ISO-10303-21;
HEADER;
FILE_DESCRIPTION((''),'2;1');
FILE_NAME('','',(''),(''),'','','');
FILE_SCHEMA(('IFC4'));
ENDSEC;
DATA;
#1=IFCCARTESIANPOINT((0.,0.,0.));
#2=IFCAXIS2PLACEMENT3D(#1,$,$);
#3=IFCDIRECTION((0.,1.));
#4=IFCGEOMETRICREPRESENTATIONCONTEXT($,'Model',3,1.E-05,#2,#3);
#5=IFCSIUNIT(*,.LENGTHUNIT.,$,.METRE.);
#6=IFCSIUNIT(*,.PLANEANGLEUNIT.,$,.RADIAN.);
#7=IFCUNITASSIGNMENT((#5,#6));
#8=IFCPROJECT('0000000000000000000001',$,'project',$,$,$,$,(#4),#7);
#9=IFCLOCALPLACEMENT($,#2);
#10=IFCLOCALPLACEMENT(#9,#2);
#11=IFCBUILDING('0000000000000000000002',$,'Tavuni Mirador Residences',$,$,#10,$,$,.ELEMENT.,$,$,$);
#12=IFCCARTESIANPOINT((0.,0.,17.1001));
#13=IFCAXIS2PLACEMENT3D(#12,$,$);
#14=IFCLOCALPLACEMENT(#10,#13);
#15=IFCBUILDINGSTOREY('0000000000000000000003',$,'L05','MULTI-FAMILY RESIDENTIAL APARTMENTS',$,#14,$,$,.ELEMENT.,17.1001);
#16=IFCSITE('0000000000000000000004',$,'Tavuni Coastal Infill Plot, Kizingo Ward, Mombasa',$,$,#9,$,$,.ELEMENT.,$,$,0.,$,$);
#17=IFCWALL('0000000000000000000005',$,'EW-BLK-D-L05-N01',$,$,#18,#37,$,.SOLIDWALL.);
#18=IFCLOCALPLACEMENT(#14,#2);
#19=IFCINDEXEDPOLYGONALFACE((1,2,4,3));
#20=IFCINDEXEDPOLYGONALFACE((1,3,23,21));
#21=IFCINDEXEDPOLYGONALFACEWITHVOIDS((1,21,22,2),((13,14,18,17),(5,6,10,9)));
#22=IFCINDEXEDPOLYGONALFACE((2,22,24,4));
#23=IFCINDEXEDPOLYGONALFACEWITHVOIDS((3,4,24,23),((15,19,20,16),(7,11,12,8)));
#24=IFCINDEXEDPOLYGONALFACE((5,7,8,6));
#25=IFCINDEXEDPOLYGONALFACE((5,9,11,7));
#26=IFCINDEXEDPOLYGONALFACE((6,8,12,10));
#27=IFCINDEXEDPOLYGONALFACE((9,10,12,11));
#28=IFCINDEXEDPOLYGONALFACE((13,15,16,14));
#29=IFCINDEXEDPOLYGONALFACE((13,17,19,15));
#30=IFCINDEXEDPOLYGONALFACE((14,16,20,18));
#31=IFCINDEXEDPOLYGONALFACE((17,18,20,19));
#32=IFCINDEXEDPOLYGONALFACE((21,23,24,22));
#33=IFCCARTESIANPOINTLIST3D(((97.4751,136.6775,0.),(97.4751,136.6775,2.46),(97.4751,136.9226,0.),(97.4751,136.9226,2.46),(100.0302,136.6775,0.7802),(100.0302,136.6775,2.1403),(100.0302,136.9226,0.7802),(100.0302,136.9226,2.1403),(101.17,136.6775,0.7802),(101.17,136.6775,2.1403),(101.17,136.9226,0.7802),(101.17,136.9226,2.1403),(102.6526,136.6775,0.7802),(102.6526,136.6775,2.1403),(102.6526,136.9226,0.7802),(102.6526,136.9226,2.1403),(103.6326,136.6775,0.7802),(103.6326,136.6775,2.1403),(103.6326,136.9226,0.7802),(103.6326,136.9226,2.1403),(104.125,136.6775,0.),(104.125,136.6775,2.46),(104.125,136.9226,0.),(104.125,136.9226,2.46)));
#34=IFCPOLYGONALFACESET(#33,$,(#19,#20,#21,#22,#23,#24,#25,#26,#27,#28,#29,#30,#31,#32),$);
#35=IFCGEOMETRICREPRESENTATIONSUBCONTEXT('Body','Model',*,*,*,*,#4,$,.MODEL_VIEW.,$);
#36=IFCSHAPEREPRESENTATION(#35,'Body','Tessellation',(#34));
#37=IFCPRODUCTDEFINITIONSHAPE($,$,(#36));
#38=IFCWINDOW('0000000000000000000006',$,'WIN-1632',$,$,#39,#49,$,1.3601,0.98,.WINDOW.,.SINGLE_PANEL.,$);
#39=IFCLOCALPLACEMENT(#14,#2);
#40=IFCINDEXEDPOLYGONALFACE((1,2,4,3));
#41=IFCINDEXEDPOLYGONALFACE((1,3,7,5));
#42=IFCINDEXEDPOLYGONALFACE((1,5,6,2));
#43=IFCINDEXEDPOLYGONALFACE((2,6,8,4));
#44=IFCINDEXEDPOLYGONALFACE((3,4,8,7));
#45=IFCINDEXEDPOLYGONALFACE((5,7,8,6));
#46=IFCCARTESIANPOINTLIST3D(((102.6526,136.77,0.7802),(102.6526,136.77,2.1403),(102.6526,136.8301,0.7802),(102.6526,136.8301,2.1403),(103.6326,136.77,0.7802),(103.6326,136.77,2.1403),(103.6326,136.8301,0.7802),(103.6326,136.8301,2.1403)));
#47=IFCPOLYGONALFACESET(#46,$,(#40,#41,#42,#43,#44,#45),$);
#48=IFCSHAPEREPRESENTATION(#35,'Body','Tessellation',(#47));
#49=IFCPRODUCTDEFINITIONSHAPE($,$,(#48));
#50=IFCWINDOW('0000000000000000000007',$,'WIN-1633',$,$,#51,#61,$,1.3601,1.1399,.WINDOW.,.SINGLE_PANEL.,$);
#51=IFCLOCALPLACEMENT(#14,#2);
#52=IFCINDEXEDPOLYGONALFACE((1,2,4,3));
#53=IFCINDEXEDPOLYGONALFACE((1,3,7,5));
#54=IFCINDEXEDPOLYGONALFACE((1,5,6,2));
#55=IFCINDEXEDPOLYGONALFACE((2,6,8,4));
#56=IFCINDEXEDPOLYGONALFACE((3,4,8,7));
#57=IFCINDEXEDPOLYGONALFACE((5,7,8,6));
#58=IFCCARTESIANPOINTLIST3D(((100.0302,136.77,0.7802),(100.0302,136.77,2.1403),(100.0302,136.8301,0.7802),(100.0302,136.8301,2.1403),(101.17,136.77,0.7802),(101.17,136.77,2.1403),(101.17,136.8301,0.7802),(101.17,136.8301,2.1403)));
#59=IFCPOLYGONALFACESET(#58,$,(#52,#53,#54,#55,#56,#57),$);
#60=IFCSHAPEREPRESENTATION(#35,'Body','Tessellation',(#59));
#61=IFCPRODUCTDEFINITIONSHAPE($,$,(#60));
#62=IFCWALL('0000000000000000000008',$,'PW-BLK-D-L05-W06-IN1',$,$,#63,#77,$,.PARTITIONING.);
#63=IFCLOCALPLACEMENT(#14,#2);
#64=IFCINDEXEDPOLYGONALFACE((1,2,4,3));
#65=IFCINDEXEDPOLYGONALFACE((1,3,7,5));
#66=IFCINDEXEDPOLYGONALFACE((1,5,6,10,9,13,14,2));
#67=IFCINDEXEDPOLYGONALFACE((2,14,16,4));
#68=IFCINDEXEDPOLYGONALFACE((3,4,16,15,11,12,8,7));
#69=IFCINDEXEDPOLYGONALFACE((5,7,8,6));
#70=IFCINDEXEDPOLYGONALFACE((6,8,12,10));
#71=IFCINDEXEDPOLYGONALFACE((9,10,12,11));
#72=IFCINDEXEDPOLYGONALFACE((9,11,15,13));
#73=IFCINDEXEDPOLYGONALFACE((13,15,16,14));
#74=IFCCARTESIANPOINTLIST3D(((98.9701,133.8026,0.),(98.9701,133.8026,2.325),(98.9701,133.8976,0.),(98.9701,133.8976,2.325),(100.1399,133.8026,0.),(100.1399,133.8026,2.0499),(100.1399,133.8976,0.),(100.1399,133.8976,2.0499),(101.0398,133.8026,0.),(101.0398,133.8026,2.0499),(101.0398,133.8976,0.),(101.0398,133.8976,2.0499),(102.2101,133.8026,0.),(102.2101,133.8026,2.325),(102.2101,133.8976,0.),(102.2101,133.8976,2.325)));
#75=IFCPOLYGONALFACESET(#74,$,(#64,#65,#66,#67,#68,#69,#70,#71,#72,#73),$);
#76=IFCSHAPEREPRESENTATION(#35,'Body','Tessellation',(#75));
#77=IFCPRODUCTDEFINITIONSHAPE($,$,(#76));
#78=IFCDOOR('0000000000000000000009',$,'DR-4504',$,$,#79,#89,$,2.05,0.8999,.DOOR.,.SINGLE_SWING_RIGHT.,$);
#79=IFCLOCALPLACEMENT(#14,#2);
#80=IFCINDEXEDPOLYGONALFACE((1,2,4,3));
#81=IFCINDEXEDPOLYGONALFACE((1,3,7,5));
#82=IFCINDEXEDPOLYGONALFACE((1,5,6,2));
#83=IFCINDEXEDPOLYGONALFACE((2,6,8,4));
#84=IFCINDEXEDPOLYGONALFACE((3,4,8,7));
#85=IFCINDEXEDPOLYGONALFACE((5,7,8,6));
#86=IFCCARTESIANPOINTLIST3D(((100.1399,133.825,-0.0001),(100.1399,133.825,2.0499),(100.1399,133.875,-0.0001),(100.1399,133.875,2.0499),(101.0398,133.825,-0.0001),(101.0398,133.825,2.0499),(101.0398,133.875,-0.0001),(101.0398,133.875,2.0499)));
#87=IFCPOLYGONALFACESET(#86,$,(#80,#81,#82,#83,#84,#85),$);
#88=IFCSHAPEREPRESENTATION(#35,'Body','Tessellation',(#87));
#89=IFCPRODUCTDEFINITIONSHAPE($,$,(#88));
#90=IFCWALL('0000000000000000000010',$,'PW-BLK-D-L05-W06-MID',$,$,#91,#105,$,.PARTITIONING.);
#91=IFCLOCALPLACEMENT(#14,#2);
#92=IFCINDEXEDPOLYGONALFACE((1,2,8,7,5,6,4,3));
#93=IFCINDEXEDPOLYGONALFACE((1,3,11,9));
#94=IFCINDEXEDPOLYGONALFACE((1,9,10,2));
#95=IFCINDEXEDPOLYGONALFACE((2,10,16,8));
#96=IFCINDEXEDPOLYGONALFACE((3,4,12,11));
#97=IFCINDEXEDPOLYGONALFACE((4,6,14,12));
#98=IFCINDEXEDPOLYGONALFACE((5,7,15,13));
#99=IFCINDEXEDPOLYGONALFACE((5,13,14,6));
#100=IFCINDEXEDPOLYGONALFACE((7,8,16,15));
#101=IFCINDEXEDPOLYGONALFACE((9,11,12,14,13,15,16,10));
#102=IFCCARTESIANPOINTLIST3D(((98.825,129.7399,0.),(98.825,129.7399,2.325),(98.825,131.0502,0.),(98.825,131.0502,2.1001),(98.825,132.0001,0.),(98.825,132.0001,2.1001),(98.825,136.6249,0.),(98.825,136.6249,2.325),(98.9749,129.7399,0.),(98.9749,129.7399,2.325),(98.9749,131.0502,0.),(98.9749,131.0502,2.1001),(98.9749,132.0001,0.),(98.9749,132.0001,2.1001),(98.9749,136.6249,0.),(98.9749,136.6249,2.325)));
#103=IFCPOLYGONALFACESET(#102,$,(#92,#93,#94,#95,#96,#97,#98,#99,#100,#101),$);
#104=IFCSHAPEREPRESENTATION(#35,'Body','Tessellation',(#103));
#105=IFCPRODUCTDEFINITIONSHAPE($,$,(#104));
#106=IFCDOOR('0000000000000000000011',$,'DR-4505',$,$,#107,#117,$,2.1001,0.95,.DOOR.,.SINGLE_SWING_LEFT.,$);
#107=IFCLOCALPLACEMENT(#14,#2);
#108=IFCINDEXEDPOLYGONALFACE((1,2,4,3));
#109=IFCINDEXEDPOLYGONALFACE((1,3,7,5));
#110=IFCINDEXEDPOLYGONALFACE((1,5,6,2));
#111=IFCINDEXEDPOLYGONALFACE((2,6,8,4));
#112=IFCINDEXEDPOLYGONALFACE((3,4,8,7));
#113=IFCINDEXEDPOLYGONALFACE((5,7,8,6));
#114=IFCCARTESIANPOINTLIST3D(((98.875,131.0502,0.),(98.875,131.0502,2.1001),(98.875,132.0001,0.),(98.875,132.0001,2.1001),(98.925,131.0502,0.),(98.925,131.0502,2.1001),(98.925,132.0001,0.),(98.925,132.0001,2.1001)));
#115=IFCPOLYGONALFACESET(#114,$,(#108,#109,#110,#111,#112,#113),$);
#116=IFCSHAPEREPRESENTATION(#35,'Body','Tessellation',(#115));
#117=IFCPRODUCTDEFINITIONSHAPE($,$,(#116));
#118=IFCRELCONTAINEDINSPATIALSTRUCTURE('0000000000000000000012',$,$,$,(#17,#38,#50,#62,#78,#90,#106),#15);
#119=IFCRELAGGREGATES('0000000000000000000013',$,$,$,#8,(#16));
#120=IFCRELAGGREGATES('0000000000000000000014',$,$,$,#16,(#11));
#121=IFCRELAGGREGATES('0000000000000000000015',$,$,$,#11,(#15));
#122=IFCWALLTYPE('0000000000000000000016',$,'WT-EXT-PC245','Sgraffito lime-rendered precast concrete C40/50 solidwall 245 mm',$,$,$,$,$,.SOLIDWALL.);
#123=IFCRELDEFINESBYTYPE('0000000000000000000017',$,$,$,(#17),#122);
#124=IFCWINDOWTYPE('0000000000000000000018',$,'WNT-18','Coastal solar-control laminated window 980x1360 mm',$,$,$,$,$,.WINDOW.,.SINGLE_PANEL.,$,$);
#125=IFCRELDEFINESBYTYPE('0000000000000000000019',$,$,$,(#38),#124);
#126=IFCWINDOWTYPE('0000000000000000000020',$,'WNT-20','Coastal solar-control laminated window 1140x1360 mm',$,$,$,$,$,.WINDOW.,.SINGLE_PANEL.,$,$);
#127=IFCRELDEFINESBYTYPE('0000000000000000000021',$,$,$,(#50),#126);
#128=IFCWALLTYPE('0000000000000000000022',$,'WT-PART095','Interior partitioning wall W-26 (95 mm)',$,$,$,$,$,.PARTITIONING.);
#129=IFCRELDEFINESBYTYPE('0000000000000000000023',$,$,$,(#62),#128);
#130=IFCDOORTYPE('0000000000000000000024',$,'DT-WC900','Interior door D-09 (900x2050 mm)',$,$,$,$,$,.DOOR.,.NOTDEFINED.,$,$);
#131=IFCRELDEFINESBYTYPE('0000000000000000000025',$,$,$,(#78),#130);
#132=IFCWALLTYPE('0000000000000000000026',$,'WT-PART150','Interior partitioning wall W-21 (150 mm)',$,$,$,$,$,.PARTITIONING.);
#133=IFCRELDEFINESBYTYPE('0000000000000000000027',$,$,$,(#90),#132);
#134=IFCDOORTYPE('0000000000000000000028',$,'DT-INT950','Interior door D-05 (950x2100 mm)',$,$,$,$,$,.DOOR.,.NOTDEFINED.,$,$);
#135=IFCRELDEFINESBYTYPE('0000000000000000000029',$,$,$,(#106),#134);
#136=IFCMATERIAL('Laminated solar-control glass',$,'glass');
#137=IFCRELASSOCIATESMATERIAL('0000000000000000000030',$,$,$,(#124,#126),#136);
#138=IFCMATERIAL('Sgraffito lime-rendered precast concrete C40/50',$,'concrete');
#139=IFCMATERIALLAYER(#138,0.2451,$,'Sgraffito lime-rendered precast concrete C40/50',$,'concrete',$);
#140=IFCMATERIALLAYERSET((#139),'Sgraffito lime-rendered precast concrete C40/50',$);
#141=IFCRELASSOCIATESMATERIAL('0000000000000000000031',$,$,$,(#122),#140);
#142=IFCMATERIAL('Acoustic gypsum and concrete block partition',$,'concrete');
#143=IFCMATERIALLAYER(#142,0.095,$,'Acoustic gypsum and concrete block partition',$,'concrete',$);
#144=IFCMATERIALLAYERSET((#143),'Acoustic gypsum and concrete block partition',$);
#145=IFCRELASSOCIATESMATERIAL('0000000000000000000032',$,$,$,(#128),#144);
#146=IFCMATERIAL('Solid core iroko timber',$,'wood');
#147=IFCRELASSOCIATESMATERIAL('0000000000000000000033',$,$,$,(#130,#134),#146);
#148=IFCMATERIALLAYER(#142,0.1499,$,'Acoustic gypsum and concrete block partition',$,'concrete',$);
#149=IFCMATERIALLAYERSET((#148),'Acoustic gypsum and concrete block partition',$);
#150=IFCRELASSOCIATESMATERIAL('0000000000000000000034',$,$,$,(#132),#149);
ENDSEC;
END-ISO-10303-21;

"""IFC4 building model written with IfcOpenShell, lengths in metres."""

from ifc_helpers import new_model, si_unit, direction, frame, frame_2d, origin, place, context, subcontext, project, spatial, rectangle, extrude, material, layer, layer_set, type_object, element, fill, save


model = new_model("IFC4")

# Units and contexts
model_context = context("Model", 3, precision=1e-05, world=origin(), true_north=direction((0.0, 1.0)))
body_context = subcontext(model_context, "Body", "Model", "MODEL_VIEW")
ifc_project = project(units=[si_unit("LENGTHUNIT", "METRE"), si_unit("PLANEANGLEUNIT", "RADIAN")], contexts=[model_context])

# Site, building, storey
site_placement = place(None, origin())
site = spatial("IfcSite", under=ifc_project, at=site_placement, Name="Tavuni Coastal Infill Plot, Kizingo Ward, Mombasa", CompositionType="ELEMENT", RefElevation=0.0)
building_placement = place(site_placement, origin())
building = spatial("IfcBuilding", under=site, at=building_placement, Name="Tavuni Mirador Residences", CompositionType="ELEMENT")
storey_placement = place(building_placement, frame((0.0, 0.0, 17.1001)))
storey = spatial("IfcBuildingStorey", under=building, at=storey_placement, Name="L05", Description="MULTI-FAMILY RESIDENTIAL APARTMENTS", CompositionType="ELEMENT", Elevation=17.1001)

# Shared definitions
ifc_material_1 = material(Name="Solid core iroko timber", Category="wood")

# Wall, openings, windows
ifc_material_2 = material(Name="Laminated solar-control glass", Category="glass")
window_type_1 = type_object("IfcWindowType", Name="WNT-18", Description="Coastal solar-control laminated window 980x1360 mm", PartitioningType="SINGLE_PANEL", PredefinedType="WINDOW", material=ifc_material_2)
ifc_material_3 = material(Name="Sgraffito lime-rendered precast concrete C40/50", Category="concrete")
ifc_layer_1 = layer(ifc_material_3, 0.2451, Name="Sgraffito lime-rendered precast concrete C40/50", Category="concrete")
ifc_layer_set_1 = layer_set([ifc_layer_1], Name="Sgraffito lime-rendered precast concrete C40/50")
wall_type_1 = type_object("IfcWallType", Name="WT-EXT-PC245", Description="Sgraffito lime-rendered precast concrete C40/50 solidwall 245 mm", PredefinedType="SOLIDWALL", material=ifc_layer_set_1)
wall_1_placement = place(storey_placement, frame((104.125, 136.8, 0.0), z_axis=(0.0, 0.0, 1.0), x_axis=(-1.0, 0.0, 0.0)))
wall_1 = element("IfcWall", 1, at=wall_1_placement, inside=storey, type_object=wall_type_1, Name="EW-BLK-D-L05-N01", PredefinedType="SOLIDWALL", context=body_context, shape_type="SweptSolid", body=[
    extrude(rectangle(XDim=6.6499, YDim=0.2451, at=frame_2d((3.325, 0.0))), origin(), (0.0, 0.0, 1.0), 2.46),
])
opening_1_placement = place(wall_1_placement, frame((0.4924, 0.0, 0.78)))
opening_1 = element("IfcOpeningElement", 2, at=opening_1_placement, cuts=wall_1, PredefinedType="OPENING", context=body_context, shape_type="SweptSolid", body=[
    extrude(rectangle(XDim=0.98, YDim=1.3601, at=frame_2d((0.49, 0.6802))), frame((0.0, 0.1326, 0.0), z_axis=(0.0, -1.0, 0.0), x_axis=(1.0, 0.0, 0.0)), (0.0, 0.0, 1.0), 0.2651),
])
opening_2_placement = place(wall_1_placement, frame((2.9551, 0.0, 0.78)))
opening_2 = element("IfcOpeningElement", 3, at=opening_2_placement, cuts=wall_1, PredefinedType="OPENING", context=body_context, shape_type="SweptSolid", body=[
    extrude(rectangle(XDim=1.1399, YDim=1.3601, at=frame_2d((0.5698, 0.6802))), frame((0.0, 0.1326, 0.0), z_axis=(0.0, -1.0, 0.0), x_axis=(1.0, 0.0, 0.0)), (0.0, 0.0, 1.0), 0.2651),
])
window_1_placement = place(opening_1_placement, origin())
window_1 = element("IfcWindow", 4, at=window_1_placement, inside=storey, type_object=window_type_1, Name="WIN-1632", OverallHeight=1.3601, OverallWidth=0.98, PartitioningType="SINGLE_PANEL", PredefinedType="WINDOW", context=body_context, shape_type="SweptSolid", body=[
    extrude(rectangle(XDim=0.98, YDim=1.3601, at=frame_2d((0.49, 0.6802))), frame((0.0, 0.03, 0.0), z_axis=(0.0, -1.0, 0.0), x_axis=(1.0, 0.0, 0.0)), (0.0, 0.0, 1.0), 0.0601),
])
fill(opening_1, window_1)
window_type_2 = type_object("IfcWindowType", Name="WNT-20", Description="Coastal solar-control laminated window 1140x1360 mm", PartitioningType="SINGLE_PANEL", PredefinedType="WINDOW", material=ifc_material_2)
window_2_placement = place(opening_2_placement, origin())
window_2 = element("IfcWindow", 5, at=window_2_placement, inside=storey, type_object=window_type_2, Name="WIN-1633", OverallHeight=1.3601, OverallWidth=1.1399, PartitioningType="SINGLE_PANEL", PredefinedType="WINDOW", context=body_context, shape_type="SweptSolid", body=[
    extrude(rectangle(XDim=1.1399, YDim=1.3601, at=frame_2d((0.5698, 0.6802))), frame((0.0, 0.03, 0.0), z_axis=(0.0, -1.0, 0.0), x_axis=(1.0, 0.0, 0.0)), (0.0, 0.0, 1.0), 0.0601),
])
fill(opening_2, window_2)

# Walls, openings, doors
ifc_material_4 = material(Name="Acoustic gypsum and concrete block partition", Category="concrete")
ifc_layer_2 = layer(ifc_material_4, 0.095, Name="Acoustic gypsum and concrete block partition", Category="concrete")
ifc_layer_set_2 = layer_set([ifc_layer_2], Name="Acoustic gypsum and concrete block partition")
wall_type_2 = type_object("IfcWallType", Name="WT-PART095", Description="Interior partitioning wall W-26 (95 mm)", PredefinedType="PARTITIONING", material=ifc_layer_set_2)
wall_2_placement = place(storey_placement, frame((98.97, 133.8501, 0.0), z_axis=(0.0, 0.0, 1.0), x_axis=(1.0, 0.0, 0.0)))
wall_2 = element("IfcWall", 6, at=wall_2_placement, inside=storey, type_object=wall_type_2, Name="PW-BLK-D-L05-W06-IN1", PredefinedType="PARTITIONING", context=body_context, shape_type="SweptSolid", body=[
    extrude(rectangle(XDim=3.24, YDim=0.095, at=frame_2d((1.6201, 0.0))), origin(), (0.0, 0.0, 1.0), 2.325),
])
opening_3_placement = place(wall_2_placement, frame((1.1699, 0.0, 0.0)))
opening_3 = element("IfcOpeningElement", 7, at=opening_3_placement, cuts=wall_2, PredefinedType="OPENING", context=body_context, shape_type="SweptSolid", body=[
    extrude(rectangle(XDim=0.8999, YDim=2.05, at=frame_2d((0.45, 1.0249))), frame((0.0, 0.0576, 0.0), z_axis=(0.0, -1.0, 0.0), x_axis=(1.0, 0.0, 0.0)), (0.0, 0.0, 1.0), 0.115),
])
door_type_1 = type_object("IfcDoorType", Name="DT-WC900", Description="Interior door D-09 (900x2050 mm)", OperationType="NOTDEFINED", PredefinedType="DOOR", material=ifc_material_1)
door_1_placement = place(opening_3_placement, origin())
door_1 = element("IfcDoor", 8, at=door_1_placement, inside=storey, type_object=door_type_1, Name="DR-4504", OperationType="SINGLE_SWING_RIGHT", OverallHeight=2.05, OverallWidth=0.8999, PredefinedType="DOOR", context=body_context, shape_type="SweptSolid", body=[
    extrude(rectangle(XDim=0.8999, YDim=2.05, at=frame_2d((0.45, 1.0249))), frame((0.0, 0.0249, 0.0), z_axis=(0.0, -1.0, 0.0), x_axis=(1.0, 0.0, 0.0)), (0.0, 0.0, 1.0), 0.05),
])
fill(opening_3, door_1)
ifc_layer_3 = layer(ifc_material_4, 0.1499, Name="Acoustic gypsum and concrete block partition", Category="concrete")
ifc_layer_set_3 = layer_set([ifc_layer_3], Name="Acoustic gypsum and concrete block partition")
wall_type_3 = type_object("IfcWallType", Name="WT-PART150", Description="Interior partitioning wall W-21 (150 mm)", PredefinedType="PARTITIONING", material=ifc_layer_set_3)
wall_3_placement = place(storey_placement, frame((98.8999, 129.74, 0.0), z_axis=(0.0, 0.0, 1.0), x_axis=(0.0, 1.0, 0.0)))
wall_3 = element("IfcWall", 9, at=wall_3_placement, inside=storey, type_object=wall_type_3, Name="PW-BLK-D-L05-W06-MID", PredefinedType="PARTITIONING", context=body_context, shape_type="SweptSolid", body=[
    extrude(rectangle(XDim=6.885, YDim=0.1499, at=frame_2d((3.4424, 0.0))), origin(), (0.0, 0.0, 1.0), 2.325),
])
opening_4_placement = place(wall_3_placement, frame((1.3101, 0.0, 0.0)))
opening_4 = element("IfcOpeningElement", 10, at=opening_4_placement, cuts=wall_3, PredefinedType="OPENING", context=body_context, shape_type="SweptSolid", body=[
    extrude(rectangle(XDim=0.95, YDim=2.1001, at=frame_2d((0.4751, 1.05))), frame((0.0, 0.085, 0.0), z_axis=(0.0, -1.0, 0.0), x_axis=(1.0, 0.0, 0.0)), (0.0, 0.0, 1.0), 0.1699),
])
door_type_2 = type_object("IfcDoorType", Name="DT-INT950", Description="Interior door D-05 (950x2100 mm)", OperationType="NOTDEFINED", PredefinedType="DOOR", material=ifc_material_1)
door_2_placement = place(opening_4_placement, origin())
door_2 = element("IfcDoor", 11, at=door_2_placement, inside=storey, type_object=door_type_2, Name="DR-4505", OperationType="SINGLE_SWING_LEFT", OverallHeight=2.1001, OverallWidth=0.95, PredefinedType="DOOR", context=body_context, shape_type="SweptSolid", body=[
    extrude(rectangle(XDim=0.95, YDim=2.1001, at=frame_2d((0.4751, 1.05))), frame((0.0, 0.0249, 0.0), z_axis=(0.0, -1.0, 0.0), x_axis=(1.0, 0.0, 0.0)), (0.0, 0.0, 1.0), 0.05),
])
fill(opening_4, door_2)

save(model, "model.ifc")
